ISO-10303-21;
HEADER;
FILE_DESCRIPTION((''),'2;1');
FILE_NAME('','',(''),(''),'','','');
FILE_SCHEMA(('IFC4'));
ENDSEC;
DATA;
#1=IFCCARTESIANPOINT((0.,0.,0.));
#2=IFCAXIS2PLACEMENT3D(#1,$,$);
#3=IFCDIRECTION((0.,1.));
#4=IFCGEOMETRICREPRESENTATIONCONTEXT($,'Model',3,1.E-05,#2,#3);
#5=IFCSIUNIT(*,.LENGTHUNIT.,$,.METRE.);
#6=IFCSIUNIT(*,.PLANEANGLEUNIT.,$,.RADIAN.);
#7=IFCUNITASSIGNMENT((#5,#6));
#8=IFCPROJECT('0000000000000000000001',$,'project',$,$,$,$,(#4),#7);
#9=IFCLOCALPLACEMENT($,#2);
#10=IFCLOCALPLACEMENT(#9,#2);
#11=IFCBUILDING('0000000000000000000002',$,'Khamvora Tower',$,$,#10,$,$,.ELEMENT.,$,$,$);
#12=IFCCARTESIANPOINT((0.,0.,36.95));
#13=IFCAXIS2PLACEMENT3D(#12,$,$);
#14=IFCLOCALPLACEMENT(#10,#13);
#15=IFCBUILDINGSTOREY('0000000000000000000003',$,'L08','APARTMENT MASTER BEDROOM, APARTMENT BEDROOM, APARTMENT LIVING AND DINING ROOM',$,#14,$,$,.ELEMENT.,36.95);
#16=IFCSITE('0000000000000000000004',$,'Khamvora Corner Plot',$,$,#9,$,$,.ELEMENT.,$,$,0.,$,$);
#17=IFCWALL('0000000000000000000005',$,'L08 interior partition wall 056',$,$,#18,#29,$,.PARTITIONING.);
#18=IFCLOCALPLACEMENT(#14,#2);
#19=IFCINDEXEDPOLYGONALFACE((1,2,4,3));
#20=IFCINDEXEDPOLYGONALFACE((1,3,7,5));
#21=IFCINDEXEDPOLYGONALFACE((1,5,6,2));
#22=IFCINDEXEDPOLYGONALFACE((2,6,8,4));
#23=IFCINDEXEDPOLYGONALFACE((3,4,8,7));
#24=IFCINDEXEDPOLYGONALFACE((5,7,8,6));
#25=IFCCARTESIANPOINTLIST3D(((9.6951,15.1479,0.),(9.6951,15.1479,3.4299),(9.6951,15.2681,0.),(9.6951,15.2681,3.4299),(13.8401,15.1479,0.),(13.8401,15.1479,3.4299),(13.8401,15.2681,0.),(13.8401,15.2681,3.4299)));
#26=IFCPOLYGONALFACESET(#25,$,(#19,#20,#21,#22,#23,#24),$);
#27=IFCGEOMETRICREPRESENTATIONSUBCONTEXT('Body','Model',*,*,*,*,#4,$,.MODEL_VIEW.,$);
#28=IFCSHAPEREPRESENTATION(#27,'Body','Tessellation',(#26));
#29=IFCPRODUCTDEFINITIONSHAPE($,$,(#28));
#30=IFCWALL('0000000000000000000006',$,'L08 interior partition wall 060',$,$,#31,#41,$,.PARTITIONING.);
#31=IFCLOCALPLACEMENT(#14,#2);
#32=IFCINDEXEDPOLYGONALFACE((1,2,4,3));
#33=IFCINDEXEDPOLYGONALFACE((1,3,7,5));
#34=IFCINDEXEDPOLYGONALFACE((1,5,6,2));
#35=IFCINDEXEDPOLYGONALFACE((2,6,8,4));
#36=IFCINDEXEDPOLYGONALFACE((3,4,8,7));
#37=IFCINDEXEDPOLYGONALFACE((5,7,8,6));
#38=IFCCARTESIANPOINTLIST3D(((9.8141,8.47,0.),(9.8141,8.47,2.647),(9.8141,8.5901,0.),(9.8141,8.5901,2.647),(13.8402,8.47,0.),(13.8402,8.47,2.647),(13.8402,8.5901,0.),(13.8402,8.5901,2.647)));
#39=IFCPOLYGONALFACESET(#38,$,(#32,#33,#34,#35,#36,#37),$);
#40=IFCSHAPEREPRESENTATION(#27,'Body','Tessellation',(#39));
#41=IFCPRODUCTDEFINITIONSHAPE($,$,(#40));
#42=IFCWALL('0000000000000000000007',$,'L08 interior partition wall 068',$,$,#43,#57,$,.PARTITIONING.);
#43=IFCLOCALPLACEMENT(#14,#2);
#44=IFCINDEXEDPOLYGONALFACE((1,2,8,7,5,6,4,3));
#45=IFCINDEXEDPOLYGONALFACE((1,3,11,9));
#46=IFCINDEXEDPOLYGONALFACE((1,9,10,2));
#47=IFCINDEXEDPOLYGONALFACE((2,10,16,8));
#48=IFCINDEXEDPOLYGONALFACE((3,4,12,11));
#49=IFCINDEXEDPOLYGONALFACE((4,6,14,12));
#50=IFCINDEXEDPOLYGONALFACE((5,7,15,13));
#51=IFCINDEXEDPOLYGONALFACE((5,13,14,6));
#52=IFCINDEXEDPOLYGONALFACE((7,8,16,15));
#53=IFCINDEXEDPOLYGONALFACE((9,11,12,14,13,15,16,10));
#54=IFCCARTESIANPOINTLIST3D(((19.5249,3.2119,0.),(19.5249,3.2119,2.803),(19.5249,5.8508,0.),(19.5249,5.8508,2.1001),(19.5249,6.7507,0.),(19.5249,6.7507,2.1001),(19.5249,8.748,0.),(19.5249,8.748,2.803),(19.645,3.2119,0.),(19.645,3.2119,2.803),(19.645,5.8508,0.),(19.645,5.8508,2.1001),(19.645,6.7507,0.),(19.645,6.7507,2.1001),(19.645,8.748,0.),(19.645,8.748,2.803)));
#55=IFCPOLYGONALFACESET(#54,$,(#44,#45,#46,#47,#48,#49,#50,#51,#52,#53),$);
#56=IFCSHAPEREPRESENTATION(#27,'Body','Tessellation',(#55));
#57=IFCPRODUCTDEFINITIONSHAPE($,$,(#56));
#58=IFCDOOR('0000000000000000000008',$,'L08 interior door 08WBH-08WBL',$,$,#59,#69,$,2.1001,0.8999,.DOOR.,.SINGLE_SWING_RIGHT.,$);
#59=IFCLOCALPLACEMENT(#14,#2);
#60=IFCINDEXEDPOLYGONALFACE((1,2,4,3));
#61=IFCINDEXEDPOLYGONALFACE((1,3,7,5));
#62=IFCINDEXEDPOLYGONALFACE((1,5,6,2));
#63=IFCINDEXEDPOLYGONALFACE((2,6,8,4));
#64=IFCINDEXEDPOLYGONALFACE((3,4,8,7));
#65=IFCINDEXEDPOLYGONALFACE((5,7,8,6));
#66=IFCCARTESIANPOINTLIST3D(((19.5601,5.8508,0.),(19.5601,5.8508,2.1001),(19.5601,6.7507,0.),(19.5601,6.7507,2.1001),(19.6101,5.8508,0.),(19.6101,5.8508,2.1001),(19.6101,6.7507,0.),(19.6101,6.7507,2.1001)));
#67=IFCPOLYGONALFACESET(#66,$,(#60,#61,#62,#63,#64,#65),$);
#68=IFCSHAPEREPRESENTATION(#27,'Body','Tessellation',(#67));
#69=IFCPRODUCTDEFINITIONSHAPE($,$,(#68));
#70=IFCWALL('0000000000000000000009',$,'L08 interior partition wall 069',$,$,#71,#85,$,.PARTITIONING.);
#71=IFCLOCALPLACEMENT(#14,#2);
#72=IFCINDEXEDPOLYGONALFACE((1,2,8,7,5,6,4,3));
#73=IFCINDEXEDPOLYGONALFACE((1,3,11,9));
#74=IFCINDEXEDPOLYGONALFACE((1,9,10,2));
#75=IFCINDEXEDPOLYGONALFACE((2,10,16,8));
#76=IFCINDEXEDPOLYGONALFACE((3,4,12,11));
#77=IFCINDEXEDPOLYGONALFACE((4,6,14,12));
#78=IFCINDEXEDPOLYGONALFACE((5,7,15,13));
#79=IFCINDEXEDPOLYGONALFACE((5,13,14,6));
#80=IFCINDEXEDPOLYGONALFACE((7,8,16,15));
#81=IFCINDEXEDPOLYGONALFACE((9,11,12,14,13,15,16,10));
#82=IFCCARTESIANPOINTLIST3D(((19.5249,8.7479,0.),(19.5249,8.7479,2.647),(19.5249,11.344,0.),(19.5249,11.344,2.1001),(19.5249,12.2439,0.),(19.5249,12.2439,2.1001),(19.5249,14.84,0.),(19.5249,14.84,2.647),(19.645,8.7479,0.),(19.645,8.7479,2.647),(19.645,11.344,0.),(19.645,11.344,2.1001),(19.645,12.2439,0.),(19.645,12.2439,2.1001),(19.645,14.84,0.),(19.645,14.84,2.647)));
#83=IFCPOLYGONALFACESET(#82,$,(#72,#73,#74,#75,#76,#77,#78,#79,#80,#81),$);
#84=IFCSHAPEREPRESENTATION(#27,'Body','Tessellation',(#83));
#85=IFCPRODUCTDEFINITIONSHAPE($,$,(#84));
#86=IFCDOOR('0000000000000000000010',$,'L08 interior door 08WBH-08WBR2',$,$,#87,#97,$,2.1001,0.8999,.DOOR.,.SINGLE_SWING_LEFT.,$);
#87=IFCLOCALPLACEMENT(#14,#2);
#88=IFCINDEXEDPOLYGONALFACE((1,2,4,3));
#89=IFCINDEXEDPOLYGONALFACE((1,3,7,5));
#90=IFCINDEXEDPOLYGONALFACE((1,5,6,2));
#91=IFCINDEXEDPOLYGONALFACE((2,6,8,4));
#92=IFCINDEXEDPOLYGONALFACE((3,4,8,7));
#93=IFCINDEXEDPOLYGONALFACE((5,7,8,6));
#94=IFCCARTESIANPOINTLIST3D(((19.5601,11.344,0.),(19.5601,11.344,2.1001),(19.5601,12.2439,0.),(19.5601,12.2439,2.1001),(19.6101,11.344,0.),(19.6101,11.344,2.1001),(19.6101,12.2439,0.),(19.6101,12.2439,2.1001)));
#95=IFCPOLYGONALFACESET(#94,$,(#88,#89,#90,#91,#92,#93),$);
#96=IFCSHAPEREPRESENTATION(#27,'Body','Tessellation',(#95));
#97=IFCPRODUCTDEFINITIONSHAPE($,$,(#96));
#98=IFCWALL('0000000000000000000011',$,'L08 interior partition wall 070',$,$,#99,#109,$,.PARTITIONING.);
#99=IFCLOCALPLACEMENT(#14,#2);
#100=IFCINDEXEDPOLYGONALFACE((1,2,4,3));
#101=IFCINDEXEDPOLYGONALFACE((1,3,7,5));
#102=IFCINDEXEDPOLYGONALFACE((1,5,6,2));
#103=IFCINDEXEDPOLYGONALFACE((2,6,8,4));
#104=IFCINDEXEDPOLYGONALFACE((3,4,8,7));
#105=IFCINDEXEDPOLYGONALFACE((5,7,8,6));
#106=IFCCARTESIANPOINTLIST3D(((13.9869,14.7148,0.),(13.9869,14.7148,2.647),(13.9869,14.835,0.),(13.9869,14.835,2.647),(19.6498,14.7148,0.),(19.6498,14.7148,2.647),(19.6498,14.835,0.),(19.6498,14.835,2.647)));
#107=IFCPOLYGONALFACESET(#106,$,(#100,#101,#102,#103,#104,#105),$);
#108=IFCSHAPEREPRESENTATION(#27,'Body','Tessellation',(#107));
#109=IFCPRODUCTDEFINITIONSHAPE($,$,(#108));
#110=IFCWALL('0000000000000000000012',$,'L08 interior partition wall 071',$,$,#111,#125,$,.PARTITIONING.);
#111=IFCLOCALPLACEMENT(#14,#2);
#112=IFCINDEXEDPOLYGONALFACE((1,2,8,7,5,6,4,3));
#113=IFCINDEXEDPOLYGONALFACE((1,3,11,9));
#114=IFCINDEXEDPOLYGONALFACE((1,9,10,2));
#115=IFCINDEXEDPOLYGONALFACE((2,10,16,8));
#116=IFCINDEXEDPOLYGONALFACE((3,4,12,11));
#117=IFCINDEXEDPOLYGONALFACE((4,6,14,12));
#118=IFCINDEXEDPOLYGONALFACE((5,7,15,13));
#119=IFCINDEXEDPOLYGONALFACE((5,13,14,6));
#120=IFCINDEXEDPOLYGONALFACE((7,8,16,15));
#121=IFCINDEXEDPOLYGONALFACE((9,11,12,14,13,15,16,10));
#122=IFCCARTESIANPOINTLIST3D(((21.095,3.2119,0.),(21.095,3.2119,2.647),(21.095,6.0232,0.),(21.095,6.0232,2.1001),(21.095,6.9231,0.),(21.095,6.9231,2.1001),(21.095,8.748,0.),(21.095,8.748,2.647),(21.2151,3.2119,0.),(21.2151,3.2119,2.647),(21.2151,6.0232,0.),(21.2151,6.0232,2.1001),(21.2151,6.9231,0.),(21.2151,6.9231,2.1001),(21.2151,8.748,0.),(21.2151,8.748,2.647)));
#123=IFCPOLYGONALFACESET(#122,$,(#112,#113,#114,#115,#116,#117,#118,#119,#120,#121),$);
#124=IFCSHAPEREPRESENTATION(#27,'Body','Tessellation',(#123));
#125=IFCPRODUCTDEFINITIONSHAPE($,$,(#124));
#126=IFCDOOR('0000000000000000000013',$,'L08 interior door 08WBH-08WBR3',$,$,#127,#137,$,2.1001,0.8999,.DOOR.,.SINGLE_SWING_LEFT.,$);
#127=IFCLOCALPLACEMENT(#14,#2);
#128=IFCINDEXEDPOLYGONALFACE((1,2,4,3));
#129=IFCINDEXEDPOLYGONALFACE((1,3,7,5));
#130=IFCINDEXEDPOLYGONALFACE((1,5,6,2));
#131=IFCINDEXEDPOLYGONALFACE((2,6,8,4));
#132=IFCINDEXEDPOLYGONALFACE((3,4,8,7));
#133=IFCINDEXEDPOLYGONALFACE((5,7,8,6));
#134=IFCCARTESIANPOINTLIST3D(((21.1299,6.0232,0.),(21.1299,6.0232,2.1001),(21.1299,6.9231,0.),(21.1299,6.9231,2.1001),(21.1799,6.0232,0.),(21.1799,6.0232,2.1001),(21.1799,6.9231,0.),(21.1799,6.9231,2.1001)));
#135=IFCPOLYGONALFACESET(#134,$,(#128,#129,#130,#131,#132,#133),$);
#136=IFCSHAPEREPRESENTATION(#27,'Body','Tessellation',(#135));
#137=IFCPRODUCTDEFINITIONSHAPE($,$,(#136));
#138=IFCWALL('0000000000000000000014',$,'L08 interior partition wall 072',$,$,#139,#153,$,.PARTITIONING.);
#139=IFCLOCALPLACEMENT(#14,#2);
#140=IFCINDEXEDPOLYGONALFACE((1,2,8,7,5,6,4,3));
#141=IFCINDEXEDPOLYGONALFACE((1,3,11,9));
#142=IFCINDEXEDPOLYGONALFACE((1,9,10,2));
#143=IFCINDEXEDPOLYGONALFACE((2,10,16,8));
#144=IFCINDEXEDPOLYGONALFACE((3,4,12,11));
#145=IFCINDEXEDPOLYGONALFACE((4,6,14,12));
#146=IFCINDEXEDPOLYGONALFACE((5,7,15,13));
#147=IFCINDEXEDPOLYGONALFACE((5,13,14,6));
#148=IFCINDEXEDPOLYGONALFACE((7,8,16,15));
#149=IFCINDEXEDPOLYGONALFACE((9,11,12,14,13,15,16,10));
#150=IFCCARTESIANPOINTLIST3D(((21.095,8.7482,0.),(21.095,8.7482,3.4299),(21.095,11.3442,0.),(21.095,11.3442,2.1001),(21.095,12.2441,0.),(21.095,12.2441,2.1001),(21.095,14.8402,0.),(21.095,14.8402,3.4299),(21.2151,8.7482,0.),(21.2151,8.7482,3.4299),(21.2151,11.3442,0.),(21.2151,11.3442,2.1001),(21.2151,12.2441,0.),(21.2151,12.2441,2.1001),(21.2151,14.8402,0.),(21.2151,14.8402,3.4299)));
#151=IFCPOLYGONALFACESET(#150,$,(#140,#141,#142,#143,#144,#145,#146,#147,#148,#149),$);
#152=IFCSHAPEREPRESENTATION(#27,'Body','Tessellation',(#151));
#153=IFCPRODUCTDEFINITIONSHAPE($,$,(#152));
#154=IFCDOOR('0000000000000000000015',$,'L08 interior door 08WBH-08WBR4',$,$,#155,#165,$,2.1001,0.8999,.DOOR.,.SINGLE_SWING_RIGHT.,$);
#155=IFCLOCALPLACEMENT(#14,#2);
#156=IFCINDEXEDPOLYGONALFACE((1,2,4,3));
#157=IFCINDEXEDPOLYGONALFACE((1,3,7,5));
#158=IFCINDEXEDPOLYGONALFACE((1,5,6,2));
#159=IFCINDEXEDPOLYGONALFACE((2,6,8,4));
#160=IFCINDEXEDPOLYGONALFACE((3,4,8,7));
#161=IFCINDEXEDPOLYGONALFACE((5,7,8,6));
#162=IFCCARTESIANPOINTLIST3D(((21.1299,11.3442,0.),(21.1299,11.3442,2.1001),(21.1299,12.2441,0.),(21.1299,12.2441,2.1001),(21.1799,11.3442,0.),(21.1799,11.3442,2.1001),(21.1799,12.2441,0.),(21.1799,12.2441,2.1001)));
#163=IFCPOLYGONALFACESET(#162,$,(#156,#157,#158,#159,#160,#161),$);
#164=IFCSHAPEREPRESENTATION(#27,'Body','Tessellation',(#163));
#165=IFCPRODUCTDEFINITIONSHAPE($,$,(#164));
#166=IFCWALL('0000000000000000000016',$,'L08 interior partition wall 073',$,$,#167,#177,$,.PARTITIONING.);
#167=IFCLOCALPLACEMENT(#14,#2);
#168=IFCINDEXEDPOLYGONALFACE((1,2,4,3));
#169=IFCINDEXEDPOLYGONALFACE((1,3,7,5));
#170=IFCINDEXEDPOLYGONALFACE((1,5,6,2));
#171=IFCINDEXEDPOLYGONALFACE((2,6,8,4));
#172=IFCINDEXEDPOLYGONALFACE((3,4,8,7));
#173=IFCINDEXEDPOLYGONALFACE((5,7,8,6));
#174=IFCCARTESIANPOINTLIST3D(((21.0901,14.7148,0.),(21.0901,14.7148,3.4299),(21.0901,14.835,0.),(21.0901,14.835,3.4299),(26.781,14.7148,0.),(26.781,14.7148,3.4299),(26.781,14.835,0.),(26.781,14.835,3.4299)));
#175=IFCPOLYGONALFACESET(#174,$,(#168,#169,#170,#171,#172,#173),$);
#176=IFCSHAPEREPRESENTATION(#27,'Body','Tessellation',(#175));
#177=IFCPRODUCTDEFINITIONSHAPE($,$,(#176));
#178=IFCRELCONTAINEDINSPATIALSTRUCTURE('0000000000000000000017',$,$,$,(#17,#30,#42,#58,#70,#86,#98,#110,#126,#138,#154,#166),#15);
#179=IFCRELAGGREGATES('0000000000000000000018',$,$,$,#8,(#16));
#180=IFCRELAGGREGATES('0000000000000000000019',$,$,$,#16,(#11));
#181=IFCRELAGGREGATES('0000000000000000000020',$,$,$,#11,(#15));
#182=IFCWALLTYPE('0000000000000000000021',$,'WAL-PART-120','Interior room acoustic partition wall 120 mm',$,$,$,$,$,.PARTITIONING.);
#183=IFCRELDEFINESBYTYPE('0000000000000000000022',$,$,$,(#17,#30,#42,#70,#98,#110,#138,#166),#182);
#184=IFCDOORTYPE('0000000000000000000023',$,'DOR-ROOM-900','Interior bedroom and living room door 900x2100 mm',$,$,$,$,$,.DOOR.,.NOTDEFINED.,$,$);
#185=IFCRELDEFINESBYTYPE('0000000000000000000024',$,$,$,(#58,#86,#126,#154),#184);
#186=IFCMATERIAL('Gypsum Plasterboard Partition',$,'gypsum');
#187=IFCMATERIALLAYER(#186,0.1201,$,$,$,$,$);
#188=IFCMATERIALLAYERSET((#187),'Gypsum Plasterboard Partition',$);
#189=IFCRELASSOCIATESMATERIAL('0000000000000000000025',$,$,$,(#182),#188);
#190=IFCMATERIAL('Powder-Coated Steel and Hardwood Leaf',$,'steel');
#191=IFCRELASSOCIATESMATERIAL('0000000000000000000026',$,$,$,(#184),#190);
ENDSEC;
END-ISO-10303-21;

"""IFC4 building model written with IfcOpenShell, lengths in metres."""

from ifc_helpers import new_model, si_unit, direction, frame, frame_2d, origin, place, context, subcontext, project, spatial, rectangle, extrude, material, layer, layer_set, type_object, element, fill, save


model = new_model("IFC4")

# Units and contexts
model_context = context("Model", 3, precision=1e-05, world=origin(), true_north=direction((0.0, 1.0)))
body_context = subcontext(model_context, "Body", "Model", "MODEL_VIEW")
ifc_project = project(units=[si_unit("LENGTHUNIT", "METRE"), si_unit("PLANEANGLEUNIT", "RADIAN")], contexts=[model_context])

# Site, building, storey
site_placement = place(None, origin())
site = spatial("IfcSite", under=ifc_project, at=site_placement, Name="Khamvora Corner Plot", CompositionType="ELEMENT", RefElevation=0.0)
building_placement = place(site_placement, origin())
building = spatial("IfcBuilding", under=site, at=building_placement, Name="Khamvora Tower", CompositionType="ELEMENT")
storey_placement = place(building_placement, frame((0.0, 0.0, 36.95)))
storey = spatial("IfcBuildingStorey", under=building, at=storey_placement, Name="L08", Description="APARTMENT MASTER BEDROOM, APARTMENT BEDROOM, APARTMENT LIVING AND DINING ROOM", CompositionType="ELEMENT", Elevation=36.95)

# Shared definitions
ifc_material_1 = material(Name="Gypsum Plasterboard Partition", Category="gypsum")
ifc_layer_1 = layer(ifc_material_1, 0.1201)
ifc_layer_set_1 = layer_set([ifc_layer_1], Name="Gypsum Plasterboard Partition")
wall_type_1 = type_object("IfcWallType", Name="WAL-PART-120", Description="Interior room acoustic partition wall 120 mm", PredefinedType="PARTITIONING", material=ifc_layer_set_1)
ifc_material_2 = material(Name="Powder-Coated Steel and Hardwood Leaf", Category="steel")
door_type = type_object("IfcDoorType", Name="DOR-ROOM-900", Description="Interior bedroom and living room door 900x2100 mm", OperationType="NOTDEFINED", PredefinedType="DOOR", material=ifc_material_2)

# Walls
wall_1_placement = place(storey_placement, frame((13.8401, 15.208, 0.0), z_axis=(0.0, 0.0, 1.0), x_axis=(-1.0, 0.0, 0.0)))
element("IfcWall", 1, at=wall_1_placement, inside=storey, type_object=wall_type_1, Name="L08 interior partition wall 056", PredefinedType="PARTITIONING", context=body_context, shape_type="SweptSolid", body=[
    extrude(rectangle(XDim=4.145, YDim=0.1201, at=frame_2d((2.0725, 0.0))), origin(), (0.0, 0.0, 1.0), 3.4299),
])
wall_2_placement = place(storey_placement, frame((9.814, 8.53, 0.0), z_axis=(0.0, 0.0, 1.0), x_axis=(1.0, 0.0, 0.0)))
element("IfcWall", 2, at=wall_2_placement, inside=storey, type_object=wall_type_1, Name="L08 interior partition wall 060", PredefinedType="PARTITIONING", context=body_context, shape_type="SweptSolid", body=[
    extrude(rectangle(XDim=4.0261, YDim=0.1201, at=frame_2d((2.0132, 0.0))), origin(), (0.0, 0.0, 1.0), 2.647),
])

# Walls, openings, doors
wall_3_placement = place(storey_placement, frame((19.585, 3.2119, 0.0), z_axis=(0.0, 0.0, 1.0), x_axis=(0.0, 1.0, 0.0)))
wall_3 = element("IfcWall", 3, at=wall_3_placement, inside=storey, type_object=wall_type_1, Name="L08 interior partition wall 068", PredefinedType="PARTITIONING", context=body_context, shape_type="SweptSolid", body=[
    extrude(rectangle(XDim=5.5361, YDim=0.1201, at=frame_2d((2.7681, 0.0))), origin(), (0.0, 0.0, 1.0), 2.803),
])
opening_1_placement = place(wall_3_placement, frame((2.6389, 0.0, 0.0)))
opening_1 = element("IfcOpeningElement", 4, at=opening_1_placement, cuts=wall_3, PredefinedType="OPENING", context=body_context, shape_type="SweptSolid", body=[
    extrude(rectangle(XDim=0.8999, YDim=2.1001, at=frame_2d((0.45, 1.05))), frame((0.0, 0.0701, 0.0), z_axis=(0.0, -1.0, 0.0), x_axis=(1.0, 0.0, 0.0)), (0.0, 0.0, 1.0), 0.1401),
])
door_1_placement = place(opening_1_placement, origin())
door_1 = element("IfcDoor", 5, at=door_1_placement, inside=storey, type_object=door_type, Name="L08 interior door 08WBH-08WBL", OperationType="SINGLE_SWING_RIGHT", OverallHeight=2.1001, OverallWidth=0.8999, PredefinedType="DOOR", context=body_context, shape_type="SweptSolid", body=[
    extrude(rectangle(XDim=0.8999, YDim=2.1001, at=frame_2d((0.45, 1.05))), frame((0.0, 0.0249, 0.0), z_axis=(0.0, -1.0, 0.0), x_axis=(1.0, 0.0, 0.0)), (0.0, 0.0, 1.0), 0.05),
])
fill(opening_1, door_1)
wall_4_placement = place(storey_placement, frame((19.585, 8.748, 0.0), z_axis=(0.0, 0.0, 1.0), x_axis=(0.0, 1.0, 0.0)))
wall_4 = element("IfcWall", 6, at=wall_4_placement, inside=storey, type_object=wall_type_1, Name="L08 interior partition wall 069", PredefinedType="PARTITIONING", context=body_context, shape_type="SweptSolid", body=[
    extrude(rectangle(XDim=6.092, YDim=0.1201, at=frame_2d((3.0459, 0.0))), origin(), (0.0, 0.0, 1.0), 2.647),
])
opening_2_placement = place(wall_4_placement, frame((2.5959, 0.0, 0.0)))
opening_2 = element("IfcOpeningElement", 7, at=opening_2_placement, cuts=wall_4, PredefinedType="OPENING", context=body_context, shape_type="SweptSolid", body=[
    extrude(rectangle(XDim=0.8999, YDim=2.1001, at=frame_2d((0.45, 1.05))), frame((0.0, 0.0701, 0.0), z_axis=(0.0, -1.0, 0.0), x_axis=(1.0, 0.0, 0.0)), (0.0, 0.0, 1.0), 0.1401),
])
door_2_placement = place(opening_2_placement, origin())
door_2 = element("IfcDoor", 8, at=door_2_placement, inside=storey, type_object=door_type, Name="L08 interior door 08WBH-08WBR2", OperationType="SINGLE_SWING_LEFT", OverallHeight=2.1001, OverallWidth=0.8999, PredefinedType="DOOR", context=body_context, shape_type="SweptSolid", body=[
    extrude(rectangle(XDim=0.8999, YDim=2.1001, at=frame_2d((0.45, 1.05))), frame((0.0, 0.0249, 0.0), z_axis=(0.0, -1.0, 0.0), x_axis=(1.0, 0.0, 0.0)), (0.0, 0.0, 1.0), 0.05),
])
fill(opening_2, door_2)

# Wall
wall_5_placement = place(storey_placement, frame((19.6499, 14.7749, 0.0), z_axis=(0.0, 0.0, 1.0), x_axis=(-1.0, 0.0, 0.0)))
element("IfcWall", 9, at=wall_5_placement, inside=storey, type_object=wall_type_1, Name="L08 interior partition wall 070", PredefinedType="PARTITIONING", context=body_context, shape_type="SweptSolid", body=[
    extrude(rectangle(XDim=5.6628, YDim=0.1201, at=frame_2d((2.8315, 0.0))), origin(), (0.0, 0.0, 1.0), 2.647),
])

# Walls, openings, doors
wall_6_placement = place(storey_placement, frame((21.155, 8.748, 0.0), z_axis=(0.0, 0.0, 1.0), x_axis=(0.0, -1.0, 0.0)))
wall_6 = element("IfcWall", 10, at=wall_6_placement, inside=storey, type_object=wall_type_1, Name="L08 interior partition wall 071", PredefinedType="PARTITIONING", context=body_context, shape_type="SweptSolid", body=[
    extrude(rectangle(XDim=5.5361, YDim=0.1201, at=frame_2d((2.7681, 0.0))), origin(), (0.0, 0.0, 1.0), 2.647),
])
opening_3_placement = place(wall_6_placement, frame((1.825, 0.0, 0.0)))
opening_3 = element("IfcOpeningElement", 11, at=opening_3_placement, cuts=wall_6, PredefinedType="OPENING", context=body_context, shape_type="SweptSolid", body=[
    extrude(rectangle(XDim=0.8999, YDim=2.1001, at=frame_2d((0.45, 1.05))), frame((0.0, 0.0701, 0.0), z_axis=(0.0, -1.0, 0.0), x_axis=(1.0, 0.0, 0.0)), (0.0, 0.0, 1.0), 0.1401),
])
door_3_placement = place(opening_3_placement, origin())
door_3 = element("IfcDoor", 12, at=door_3_placement, inside=storey, type_object=door_type, Name="L08 interior door 08WBH-08WBR3", OperationType="SINGLE_SWING_LEFT", OverallHeight=2.1001, OverallWidth=0.8999, PredefinedType="DOOR", context=body_context, shape_type="SweptSolid", body=[
    extrude(rectangle(XDim=0.8999, YDim=2.1001, at=frame_2d((0.45, 1.05))), frame((0.0, 0.0249, 0.0), z_axis=(0.0, -1.0, 0.0), x_axis=(1.0, 0.0, 0.0)), (0.0, 0.0, 1.0), 0.05),
])
fill(opening_3, door_3)
wall_7_placement = place(storey_placement, frame((21.155, 14.8401, 0.0), z_axis=(0.0, 0.0, 1.0), x_axis=(0.0, -1.0, 0.0)))
wall_7 = element("IfcWall", 13, at=wall_7_placement, inside=storey, type_object=wall_type_1, Name="L08 interior partition wall 072", PredefinedType="PARTITIONING", context=body_context, shape_type="SweptSolid", body=[
    extrude(rectangle(XDim=6.092, YDim=0.1201, at=frame_2d((3.0459, 0.0))), origin(), (0.0, 0.0, 1.0), 3.4299),
])
opening_4_placement = place(wall_7_placement, frame((2.5959, 0.0, 0.0)))
opening_4 = element("IfcOpeningElement", 14, at=opening_4_placement, cuts=wall_7, PredefinedType="OPENING", context=body_context, shape_type="SweptSolid", body=[
    extrude(rectangle(XDim=0.8999, YDim=2.1001, at=frame_2d((0.45, 1.05))), frame((0.0, 0.0701, 0.0), z_axis=(0.0, -1.0, 0.0), x_axis=(1.0, 0.0, 0.0)), (0.0, 0.0, 1.0), 0.1401),
])
door_4_placement = place(opening_4_placement, origin())
door_4 = element("IfcDoor", 15, at=door_4_placement, inside=storey, type_object=door_type, Name="L08 interior door 08WBH-08WBR4", OperationType="SINGLE_SWING_RIGHT", OverallHeight=2.1001, OverallWidth=0.8999, PredefinedType="DOOR", context=body_context, shape_type="SweptSolid", body=[
    extrude(rectangle(XDim=0.8999, YDim=2.1001, at=frame_2d((0.45, 1.05))), frame((0.0, 0.0249, 0.0), z_axis=(0.0, -1.0, 0.0), x_axis=(1.0, 0.0, 0.0)), (0.0, 0.0, 1.0), 0.05),
])
fill(opening_4, door_4)

# Wall
wall_8_placement = place(storey_placement, frame((26.781, 14.7749, 0.0), z_axis=(0.0, 0.0, 1.0), x_axis=(-1.0, 0.0, 0.0)))
element("IfcWall", 16, at=wall_8_placement, inside=storey, type_object=wall_type_1, Name="L08 interior partition wall 073", PredefinedType="PARTITIONING", context=body_context, shape_type="SweptSolid", body=[
    extrude(rectangle(XDim=5.6909, YDim=0.1201, at=frame_2d((2.8455, 0.0))), origin(), (0.0, 0.0, 1.0), 3.4299),
])

save(model, "model.ifc")
